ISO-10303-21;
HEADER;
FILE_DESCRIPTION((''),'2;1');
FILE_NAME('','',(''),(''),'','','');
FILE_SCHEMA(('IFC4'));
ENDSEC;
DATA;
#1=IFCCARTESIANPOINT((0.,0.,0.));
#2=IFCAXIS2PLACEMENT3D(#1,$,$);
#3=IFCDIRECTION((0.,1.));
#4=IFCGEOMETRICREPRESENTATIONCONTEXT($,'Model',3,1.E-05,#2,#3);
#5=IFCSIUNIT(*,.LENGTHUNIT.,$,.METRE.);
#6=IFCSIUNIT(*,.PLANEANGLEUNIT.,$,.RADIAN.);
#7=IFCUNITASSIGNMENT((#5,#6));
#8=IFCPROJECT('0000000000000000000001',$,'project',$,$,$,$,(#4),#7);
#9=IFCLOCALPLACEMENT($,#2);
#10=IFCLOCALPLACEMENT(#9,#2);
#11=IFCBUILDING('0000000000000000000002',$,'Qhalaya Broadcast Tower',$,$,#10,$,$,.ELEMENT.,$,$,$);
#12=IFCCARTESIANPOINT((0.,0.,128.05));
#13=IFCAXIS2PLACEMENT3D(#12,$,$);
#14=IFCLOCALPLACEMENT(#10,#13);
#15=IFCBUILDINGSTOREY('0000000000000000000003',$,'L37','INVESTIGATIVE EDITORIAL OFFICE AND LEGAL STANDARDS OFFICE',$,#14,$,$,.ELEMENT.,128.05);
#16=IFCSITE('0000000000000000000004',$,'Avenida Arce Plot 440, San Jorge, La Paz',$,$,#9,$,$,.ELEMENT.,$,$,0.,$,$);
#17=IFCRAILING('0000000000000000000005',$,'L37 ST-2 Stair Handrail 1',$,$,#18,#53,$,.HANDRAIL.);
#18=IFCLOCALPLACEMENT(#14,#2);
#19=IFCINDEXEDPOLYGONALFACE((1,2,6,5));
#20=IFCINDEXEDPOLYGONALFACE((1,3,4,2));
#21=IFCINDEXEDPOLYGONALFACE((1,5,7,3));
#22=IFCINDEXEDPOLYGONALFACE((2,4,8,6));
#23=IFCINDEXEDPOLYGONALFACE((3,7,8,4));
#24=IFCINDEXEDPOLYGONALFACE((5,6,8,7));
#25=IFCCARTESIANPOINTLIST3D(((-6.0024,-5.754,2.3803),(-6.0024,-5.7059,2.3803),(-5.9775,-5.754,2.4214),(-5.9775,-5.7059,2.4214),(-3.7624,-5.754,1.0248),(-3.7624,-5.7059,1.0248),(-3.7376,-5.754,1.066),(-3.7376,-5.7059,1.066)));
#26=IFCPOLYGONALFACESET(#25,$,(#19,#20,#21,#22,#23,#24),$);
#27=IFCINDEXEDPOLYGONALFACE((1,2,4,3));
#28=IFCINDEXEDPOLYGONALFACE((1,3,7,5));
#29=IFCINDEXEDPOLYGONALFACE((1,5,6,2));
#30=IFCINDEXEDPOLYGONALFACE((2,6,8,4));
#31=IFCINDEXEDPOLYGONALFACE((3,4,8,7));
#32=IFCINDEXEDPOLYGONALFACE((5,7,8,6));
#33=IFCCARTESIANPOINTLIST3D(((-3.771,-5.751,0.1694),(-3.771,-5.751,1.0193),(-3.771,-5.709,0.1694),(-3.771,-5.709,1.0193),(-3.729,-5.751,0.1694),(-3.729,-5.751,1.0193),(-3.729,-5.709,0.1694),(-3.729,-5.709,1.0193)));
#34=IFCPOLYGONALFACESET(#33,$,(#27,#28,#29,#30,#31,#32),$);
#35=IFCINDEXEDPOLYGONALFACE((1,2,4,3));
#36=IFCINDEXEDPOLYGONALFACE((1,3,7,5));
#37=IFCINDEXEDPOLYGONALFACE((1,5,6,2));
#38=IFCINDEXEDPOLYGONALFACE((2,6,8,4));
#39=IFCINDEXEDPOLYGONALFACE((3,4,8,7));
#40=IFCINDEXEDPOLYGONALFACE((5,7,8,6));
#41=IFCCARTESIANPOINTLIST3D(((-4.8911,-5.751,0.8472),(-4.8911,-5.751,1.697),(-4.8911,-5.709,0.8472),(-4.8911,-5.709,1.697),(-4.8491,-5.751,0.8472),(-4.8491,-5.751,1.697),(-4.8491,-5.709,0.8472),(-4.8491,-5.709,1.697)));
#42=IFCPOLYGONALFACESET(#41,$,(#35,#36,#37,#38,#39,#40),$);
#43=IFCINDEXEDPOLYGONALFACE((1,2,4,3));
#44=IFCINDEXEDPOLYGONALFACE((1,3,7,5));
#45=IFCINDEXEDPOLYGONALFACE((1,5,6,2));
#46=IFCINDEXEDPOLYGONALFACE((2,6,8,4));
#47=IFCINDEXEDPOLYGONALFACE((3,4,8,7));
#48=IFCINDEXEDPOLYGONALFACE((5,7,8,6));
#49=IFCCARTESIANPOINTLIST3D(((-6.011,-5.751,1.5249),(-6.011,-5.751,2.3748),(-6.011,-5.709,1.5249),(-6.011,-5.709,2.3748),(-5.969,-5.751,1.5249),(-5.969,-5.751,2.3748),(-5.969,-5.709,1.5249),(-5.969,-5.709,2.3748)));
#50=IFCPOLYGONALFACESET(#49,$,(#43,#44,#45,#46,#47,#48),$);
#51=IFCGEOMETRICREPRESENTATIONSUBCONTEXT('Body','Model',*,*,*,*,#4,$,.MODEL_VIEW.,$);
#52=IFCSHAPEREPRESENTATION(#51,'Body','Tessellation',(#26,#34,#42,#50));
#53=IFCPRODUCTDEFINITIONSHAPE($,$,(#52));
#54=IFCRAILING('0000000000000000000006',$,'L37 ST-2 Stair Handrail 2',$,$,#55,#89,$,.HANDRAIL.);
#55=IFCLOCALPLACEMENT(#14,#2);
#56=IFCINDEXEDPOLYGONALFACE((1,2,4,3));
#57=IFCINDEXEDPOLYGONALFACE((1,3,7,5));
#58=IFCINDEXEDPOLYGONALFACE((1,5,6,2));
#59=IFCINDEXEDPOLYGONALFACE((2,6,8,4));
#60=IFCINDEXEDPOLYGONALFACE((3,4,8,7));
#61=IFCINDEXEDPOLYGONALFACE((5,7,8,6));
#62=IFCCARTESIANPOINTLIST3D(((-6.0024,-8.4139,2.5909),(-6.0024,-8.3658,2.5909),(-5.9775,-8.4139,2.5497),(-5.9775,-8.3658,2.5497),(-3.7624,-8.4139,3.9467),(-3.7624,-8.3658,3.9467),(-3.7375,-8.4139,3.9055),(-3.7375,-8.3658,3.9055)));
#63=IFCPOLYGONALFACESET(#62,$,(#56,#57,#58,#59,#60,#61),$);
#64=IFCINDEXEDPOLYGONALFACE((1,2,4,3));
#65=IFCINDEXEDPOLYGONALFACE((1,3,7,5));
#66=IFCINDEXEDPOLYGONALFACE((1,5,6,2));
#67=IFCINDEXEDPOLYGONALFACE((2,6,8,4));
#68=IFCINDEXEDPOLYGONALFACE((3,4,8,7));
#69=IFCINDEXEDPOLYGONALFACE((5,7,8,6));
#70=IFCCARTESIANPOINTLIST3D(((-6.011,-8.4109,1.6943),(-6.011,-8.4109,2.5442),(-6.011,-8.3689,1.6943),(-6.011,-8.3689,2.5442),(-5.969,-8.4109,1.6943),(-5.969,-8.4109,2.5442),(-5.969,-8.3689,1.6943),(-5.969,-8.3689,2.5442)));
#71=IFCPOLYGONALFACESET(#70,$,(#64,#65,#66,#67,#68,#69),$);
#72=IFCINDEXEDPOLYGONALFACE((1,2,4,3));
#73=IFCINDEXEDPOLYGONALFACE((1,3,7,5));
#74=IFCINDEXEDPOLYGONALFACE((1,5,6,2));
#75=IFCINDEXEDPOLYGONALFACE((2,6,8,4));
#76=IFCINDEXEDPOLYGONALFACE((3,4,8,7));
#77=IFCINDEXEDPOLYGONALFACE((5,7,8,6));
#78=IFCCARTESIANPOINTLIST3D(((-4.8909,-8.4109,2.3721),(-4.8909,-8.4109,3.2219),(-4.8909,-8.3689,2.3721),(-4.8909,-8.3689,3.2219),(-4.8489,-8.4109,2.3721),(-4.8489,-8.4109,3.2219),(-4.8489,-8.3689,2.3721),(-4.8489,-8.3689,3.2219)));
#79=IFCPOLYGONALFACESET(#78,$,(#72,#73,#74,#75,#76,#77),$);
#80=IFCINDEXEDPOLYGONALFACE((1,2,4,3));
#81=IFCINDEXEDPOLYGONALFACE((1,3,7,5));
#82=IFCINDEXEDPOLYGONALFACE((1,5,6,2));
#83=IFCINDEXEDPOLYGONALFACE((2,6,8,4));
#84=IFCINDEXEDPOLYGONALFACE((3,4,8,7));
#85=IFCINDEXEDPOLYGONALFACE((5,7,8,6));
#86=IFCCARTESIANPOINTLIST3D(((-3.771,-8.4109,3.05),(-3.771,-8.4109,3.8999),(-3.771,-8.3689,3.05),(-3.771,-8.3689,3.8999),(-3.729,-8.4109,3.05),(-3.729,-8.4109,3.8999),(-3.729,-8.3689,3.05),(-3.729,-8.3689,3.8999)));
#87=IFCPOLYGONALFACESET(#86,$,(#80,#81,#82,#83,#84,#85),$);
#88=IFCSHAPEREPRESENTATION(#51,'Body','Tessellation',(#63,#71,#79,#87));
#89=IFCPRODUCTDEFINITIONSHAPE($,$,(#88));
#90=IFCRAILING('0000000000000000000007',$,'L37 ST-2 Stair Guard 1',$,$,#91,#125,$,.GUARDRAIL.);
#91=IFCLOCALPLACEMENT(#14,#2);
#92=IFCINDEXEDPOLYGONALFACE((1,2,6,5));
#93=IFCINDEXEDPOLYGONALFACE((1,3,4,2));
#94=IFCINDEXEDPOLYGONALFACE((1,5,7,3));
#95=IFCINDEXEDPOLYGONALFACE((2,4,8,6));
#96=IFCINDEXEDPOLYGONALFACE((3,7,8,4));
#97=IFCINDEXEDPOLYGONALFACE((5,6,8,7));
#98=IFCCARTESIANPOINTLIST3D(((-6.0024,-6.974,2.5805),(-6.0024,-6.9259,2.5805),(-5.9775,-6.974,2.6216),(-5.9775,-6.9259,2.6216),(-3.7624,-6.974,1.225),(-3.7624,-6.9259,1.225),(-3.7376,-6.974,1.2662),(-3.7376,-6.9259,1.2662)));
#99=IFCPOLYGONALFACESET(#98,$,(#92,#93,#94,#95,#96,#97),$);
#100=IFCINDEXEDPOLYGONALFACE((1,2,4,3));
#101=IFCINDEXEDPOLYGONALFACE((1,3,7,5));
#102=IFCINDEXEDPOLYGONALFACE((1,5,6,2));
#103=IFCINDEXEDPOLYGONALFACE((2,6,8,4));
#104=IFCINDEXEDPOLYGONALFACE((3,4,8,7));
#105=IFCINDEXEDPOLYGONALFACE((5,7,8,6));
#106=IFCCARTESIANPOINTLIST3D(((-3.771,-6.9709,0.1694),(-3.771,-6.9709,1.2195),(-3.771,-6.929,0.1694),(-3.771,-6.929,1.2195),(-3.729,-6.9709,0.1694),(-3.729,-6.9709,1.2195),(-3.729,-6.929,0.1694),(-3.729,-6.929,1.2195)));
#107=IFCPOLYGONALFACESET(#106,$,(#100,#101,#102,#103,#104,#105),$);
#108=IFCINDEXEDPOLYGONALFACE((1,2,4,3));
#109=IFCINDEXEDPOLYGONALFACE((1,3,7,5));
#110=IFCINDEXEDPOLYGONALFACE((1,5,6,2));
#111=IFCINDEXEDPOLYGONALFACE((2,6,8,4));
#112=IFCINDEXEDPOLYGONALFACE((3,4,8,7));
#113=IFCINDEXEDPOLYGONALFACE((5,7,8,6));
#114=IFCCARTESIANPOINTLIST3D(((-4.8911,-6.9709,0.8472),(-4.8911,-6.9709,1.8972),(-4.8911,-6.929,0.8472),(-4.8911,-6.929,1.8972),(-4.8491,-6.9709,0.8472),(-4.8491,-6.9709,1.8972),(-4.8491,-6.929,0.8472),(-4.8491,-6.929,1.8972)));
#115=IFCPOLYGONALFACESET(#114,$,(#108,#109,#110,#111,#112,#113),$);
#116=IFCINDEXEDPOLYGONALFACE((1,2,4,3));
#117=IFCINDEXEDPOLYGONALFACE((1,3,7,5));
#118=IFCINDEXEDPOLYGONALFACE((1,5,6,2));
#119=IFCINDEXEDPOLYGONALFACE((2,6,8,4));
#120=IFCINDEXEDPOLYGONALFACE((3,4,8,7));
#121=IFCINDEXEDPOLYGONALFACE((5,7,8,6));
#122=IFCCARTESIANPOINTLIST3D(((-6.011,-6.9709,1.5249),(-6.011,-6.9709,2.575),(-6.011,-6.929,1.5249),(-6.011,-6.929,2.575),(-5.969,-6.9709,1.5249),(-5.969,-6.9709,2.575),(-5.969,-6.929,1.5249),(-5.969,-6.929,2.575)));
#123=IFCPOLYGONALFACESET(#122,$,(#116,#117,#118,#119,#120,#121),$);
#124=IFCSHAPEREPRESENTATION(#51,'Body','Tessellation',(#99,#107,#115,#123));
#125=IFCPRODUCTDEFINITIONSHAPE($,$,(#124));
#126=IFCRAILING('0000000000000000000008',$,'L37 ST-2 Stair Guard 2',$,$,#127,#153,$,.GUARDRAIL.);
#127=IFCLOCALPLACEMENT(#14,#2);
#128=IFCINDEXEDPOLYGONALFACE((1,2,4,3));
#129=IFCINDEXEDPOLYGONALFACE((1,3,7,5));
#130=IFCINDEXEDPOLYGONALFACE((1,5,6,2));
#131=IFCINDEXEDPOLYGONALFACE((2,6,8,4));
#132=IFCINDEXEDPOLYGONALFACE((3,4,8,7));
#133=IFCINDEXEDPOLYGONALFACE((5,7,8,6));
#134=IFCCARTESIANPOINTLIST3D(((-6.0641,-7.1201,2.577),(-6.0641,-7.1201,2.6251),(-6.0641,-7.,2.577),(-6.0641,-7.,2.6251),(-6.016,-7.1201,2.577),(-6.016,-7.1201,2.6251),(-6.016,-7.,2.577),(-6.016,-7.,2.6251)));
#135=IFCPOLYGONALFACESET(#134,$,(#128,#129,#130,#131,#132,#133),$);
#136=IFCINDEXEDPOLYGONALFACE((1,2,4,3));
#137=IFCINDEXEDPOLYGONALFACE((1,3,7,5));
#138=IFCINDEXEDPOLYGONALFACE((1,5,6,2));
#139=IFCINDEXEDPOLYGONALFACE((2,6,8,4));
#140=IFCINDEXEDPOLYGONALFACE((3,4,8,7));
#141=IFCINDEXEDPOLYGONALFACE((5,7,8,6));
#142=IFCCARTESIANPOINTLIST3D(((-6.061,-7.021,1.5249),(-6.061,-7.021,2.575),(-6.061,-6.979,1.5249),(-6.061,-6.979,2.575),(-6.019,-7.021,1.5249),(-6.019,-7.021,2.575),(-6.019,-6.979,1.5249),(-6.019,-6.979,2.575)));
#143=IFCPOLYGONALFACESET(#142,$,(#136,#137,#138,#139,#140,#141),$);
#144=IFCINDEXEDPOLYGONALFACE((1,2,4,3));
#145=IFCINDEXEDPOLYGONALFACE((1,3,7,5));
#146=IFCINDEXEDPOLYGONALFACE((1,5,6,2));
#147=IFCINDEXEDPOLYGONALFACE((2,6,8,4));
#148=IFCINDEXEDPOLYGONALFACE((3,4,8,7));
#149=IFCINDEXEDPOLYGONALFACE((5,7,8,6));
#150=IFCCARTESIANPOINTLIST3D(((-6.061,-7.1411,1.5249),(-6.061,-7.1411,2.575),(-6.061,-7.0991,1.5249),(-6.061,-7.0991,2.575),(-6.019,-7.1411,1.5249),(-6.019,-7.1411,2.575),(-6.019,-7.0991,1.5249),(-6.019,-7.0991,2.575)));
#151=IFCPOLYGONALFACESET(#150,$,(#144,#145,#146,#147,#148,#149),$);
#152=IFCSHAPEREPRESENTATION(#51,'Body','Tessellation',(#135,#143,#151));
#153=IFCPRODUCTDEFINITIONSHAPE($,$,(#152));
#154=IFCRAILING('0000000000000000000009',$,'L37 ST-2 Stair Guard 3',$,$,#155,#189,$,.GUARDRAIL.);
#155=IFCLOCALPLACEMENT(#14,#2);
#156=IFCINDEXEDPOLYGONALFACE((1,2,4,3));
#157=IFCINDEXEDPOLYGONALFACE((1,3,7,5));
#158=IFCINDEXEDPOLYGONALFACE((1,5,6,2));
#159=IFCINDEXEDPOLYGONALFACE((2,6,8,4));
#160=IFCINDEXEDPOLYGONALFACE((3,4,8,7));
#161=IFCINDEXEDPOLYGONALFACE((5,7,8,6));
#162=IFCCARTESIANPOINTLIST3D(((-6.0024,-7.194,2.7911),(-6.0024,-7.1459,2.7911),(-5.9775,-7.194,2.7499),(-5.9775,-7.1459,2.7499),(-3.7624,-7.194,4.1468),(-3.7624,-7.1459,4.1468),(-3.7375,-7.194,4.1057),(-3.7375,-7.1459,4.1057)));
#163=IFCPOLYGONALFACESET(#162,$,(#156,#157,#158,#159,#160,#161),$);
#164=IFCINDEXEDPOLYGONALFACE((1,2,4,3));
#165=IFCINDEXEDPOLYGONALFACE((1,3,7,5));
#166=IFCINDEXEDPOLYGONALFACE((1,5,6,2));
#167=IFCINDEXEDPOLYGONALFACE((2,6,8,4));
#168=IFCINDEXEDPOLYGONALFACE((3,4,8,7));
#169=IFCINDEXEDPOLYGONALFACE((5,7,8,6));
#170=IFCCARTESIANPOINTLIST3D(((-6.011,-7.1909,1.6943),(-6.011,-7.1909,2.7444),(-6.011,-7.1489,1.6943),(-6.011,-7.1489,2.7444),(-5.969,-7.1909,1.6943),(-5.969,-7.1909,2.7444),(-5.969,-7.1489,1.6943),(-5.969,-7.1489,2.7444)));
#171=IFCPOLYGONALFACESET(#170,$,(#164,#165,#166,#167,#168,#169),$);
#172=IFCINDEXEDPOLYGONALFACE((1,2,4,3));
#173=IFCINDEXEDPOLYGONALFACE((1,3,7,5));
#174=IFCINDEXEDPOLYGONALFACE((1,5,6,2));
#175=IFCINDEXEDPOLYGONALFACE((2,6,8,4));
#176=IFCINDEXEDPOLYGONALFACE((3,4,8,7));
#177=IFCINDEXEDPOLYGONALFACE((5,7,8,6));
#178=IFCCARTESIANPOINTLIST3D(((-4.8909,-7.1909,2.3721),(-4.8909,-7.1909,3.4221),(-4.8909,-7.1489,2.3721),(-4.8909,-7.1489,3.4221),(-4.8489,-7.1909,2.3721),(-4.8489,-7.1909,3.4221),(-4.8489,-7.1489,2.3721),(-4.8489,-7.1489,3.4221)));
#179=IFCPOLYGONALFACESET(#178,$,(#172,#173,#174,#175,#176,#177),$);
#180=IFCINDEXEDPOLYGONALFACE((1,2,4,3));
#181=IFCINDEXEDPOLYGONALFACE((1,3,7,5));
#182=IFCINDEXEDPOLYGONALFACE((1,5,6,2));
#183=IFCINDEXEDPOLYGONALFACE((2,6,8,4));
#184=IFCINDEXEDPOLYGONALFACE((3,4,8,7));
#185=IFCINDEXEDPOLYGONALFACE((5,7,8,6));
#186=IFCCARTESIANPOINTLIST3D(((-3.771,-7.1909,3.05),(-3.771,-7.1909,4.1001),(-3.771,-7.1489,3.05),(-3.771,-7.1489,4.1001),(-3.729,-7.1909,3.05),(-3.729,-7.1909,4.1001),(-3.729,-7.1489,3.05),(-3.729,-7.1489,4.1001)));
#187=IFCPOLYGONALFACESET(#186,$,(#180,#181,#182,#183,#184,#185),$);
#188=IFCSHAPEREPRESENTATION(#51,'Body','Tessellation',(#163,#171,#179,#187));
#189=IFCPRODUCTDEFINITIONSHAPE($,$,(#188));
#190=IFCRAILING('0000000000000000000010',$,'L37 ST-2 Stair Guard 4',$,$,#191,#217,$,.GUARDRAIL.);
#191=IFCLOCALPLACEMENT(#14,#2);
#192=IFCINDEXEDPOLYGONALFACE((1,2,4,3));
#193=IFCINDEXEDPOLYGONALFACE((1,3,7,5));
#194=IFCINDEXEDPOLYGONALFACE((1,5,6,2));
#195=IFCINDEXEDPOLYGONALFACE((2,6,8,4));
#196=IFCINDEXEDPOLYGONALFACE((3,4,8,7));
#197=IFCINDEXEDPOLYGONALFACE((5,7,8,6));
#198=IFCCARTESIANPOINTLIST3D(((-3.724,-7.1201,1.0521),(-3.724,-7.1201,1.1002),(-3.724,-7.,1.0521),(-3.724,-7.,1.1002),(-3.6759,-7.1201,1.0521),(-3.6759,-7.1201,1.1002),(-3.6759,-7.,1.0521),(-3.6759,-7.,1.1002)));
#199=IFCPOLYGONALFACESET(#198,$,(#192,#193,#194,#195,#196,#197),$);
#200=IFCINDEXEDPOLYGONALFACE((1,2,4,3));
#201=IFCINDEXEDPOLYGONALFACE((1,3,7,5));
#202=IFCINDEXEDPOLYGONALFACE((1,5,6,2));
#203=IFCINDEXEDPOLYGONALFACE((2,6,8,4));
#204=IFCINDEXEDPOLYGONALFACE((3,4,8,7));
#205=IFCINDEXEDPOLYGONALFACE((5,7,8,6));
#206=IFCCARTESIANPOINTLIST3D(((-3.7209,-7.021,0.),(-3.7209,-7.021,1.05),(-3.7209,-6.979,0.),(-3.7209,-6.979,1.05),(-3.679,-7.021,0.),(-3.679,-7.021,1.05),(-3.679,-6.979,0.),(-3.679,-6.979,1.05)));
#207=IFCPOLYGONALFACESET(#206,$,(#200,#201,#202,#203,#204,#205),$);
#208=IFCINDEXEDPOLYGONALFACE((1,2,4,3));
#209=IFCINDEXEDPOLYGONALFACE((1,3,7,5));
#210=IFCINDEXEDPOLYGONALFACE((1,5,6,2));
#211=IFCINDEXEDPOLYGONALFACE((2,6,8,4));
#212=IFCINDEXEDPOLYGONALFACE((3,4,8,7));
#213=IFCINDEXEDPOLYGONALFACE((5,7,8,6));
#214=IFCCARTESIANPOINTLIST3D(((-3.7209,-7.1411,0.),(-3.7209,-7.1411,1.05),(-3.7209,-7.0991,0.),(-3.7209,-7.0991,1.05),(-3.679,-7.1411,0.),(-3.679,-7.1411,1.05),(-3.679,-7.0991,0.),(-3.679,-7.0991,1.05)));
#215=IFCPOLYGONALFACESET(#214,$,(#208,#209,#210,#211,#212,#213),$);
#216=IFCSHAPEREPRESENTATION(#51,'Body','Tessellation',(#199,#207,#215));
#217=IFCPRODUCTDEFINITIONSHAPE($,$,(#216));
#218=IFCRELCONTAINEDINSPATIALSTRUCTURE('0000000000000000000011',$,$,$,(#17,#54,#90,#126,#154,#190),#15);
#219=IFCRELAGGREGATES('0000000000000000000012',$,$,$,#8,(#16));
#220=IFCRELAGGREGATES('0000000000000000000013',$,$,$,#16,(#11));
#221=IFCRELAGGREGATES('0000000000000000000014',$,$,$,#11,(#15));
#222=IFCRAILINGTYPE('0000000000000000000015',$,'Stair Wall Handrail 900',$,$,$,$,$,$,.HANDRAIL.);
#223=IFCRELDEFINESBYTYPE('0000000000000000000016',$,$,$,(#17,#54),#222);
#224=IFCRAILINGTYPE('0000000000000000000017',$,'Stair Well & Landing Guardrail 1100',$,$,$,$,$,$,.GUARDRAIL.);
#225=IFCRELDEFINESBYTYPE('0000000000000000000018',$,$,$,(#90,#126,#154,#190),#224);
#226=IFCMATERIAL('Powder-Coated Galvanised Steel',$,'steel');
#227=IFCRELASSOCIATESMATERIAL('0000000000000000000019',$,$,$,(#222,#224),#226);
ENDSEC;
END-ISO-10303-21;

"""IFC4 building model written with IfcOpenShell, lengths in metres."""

from ifc_helpers import new_model, si_unit, direction, frame, origin, origin_2d, place, context, subcontext, project, spatial, rectangle, extrude, material, type_object, element, save


model = new_model("IFC4")

# Units and contexts
model_context = context("Model", 3, precision=1e-05, world=origin(), true_north=direction((0.0, 1.0)))
body_context = subcontext(model_context, "Body", "Model", "MODEL_VIEW")
ifc_project = project(units=[si_unit("LENGTHUNIT", "METRE"), si_unit("PLANEANGLEUNIT", "RADIAN")], contexts=[model_context])

# Site, building, storey
site_placement = place(None, origin())
site = spatial("IfcSite", under=ifc_project, at=site_placement, Name="Avenida Arce Plot 440, San Jorge, La Paz", CompositionType="ELEMENT", RefElevation=0.0)
building_placement = place(site_placement, origin())
building = spatial("IfcBuilding", under=site, at=building_placement, Name="Qhalaya Broadcast Tower", CompositionType="ELEMENT")
storey_placement = place(building_placement, frame((0.0, 0.0, 128.05)))
storey = spatial("IfcBuildingStorey", under=building, at=storey_placement, Name="L37", Description="INVESTIGATIVE EDITORIAL OFFICE AND LEGAL STANDARDS OFFICE", CompositionType="ELEMENT", Elevation=128.05)

# Railings
ifc_material_1 = material(Name="Powder-Coated Galvanised Steel", Category="steel")
railing_type_1 = type_object("IfcRailingType", Name="Stair Wall Handrail 900", PredefinedType="HANDRAIL", material=ifc_material_1)
railing_1_placement = place(storey_placement, frame((-3.75, -5.73, 0.1694)))
element("IfcRailing", 1, at=railing_1_placement, inside=storey, type_object=railing_type_1, Name="L37 ST-2 Stair Handrail 1", PredefinedType="HANDRAIL", context=body_context, shape_type="SweptSolid", body=[
    extrude(rectangle(XDim=0.0481, YDim=0.0481, at=origin_2d()), frame((0.0, 0.0, 0.876), z_axis=(-0.855553, 0.0, 0.517715), x_axis=(0.0, -1.0, 0.0)), (0.0, 0.0, 1.0), 2.6182),
    extrude(rectangle(XDim=0.042, YDim=0.042, at=origin_2d()), origin(), (0.0, 0.0, 1.0), 0.8499),
    extrude(rectangle(XDim=0.042, YDim=0.042, at=origin_2d()), frame((-1.1201, 0.0, 0.6777)), (0.0, 0.0, 1.0), 0.8499),
    extrude(rectangle(XDim=0.042, YDim=0.042, at=origin_2d()), frame((-2.24, 0.0, 1.3555)), (0.0, 0.0, 1.0), 0.8499),
])
railing_2_placement = place(storey_placement, frame((-5.99, -8.3899, 1.6943)))
element("IfcRailing", 2, at=railing_2_placement, inside=storey, type_object=railing_type_1, Name="L37 ST-2 Stair Handrail 2", PredefinedType="HANDRAIL", context=body_context, shape_type="SweptSolid", body=[
    extrude(rectangle(XDim=0.0481, YDim=0.0481, at=origin_2d()), frame((0.0, 0.0, 0.876), z_axis=(0.855512, 0.0, 0.517783), x_axis=(0.0, 1.0, 0.0)), (0.0, 0.0, 1.0), 2.6184),
    extrude(rectangle(XDim=0.042, YDim=0.042, at=origin_2d()), origin(), (0.0, 0.0, 1.0), 0.8499),
    extrude(rectangle(XDim=0.042, YDim=0.042, at=origin_2d()), frame((1.1201, 0.0, 0.6777)), (0.0, 0.0, 1.0), 0.8499),
    extrude(rectangle(XDim=0.042, YDim=0.042, at=origin_2d()), frame((2.24, 0.0, 1.3557)), (0.0, 0.0, 1.0), 0.8499),
])
railing_type_2 = type_object("IfcRailingType", Name="Stair Well & Landing Guardrail 1100", PredefinedType="GUARDRAIL", material=ifc_material_1)
railing_3_placement = place(storey_placement, frame((-3.75, -6.95, 0.1694)))
element("IfcRailing", 3, at=railing_3_placement, inside=storey, type_object=railing_type_2, Name="L37 ST-2 Stair Guard 1", PredefinedType="GUARDRAIL", context=body_context, shape_type="SweptSolid", body=[
    extrude(rectangle(XDim=0.0481, YDim=0.0481, at=origin_2d()), frame((0.0, 0.0, 1.0762), z_axis=(-0.855553, 0.0, 0.517715), x_axis=(0.0, -1.0, 0.0)), (0.0, 0.0, 1.0), 2.6182),
    extrude(rectangle(XDim=0.042, YDim=0.042, at=origin_2d()), origin(), (0.0, 0.0, 1.0), 1.05),
    extrude(rectangle(XDim=0.042, YDim=0.042, at=origin_2d()), frame((-1.1201, 0.0, 0.6777)), (0.0, 0.0, 1.0), 1.05),
    extrude(rectangle(XDim=0.042, YDim=0.042, at=origin_2d()), frame((-2.24, 0.0, 1.3555)), (0.0, 0.0, 1.0), 1.05),
])
railing_4_placement = place(storey_placement, frame((-6.04, -7.0, 1.5249)))
element("IfcRailing", 4, at=railing_4_placement, inside=storey, type_object=railing_type_2, Name="L37 ST-2 Stair Guard 2", PredefinedType="GUARDRAIL", context=body_context, shape_type="SweptSolid", body=[
    extrude(rectangle(XDim=0.0481, YDim=0.0481, at=origin_2d()), frame((0.0, 0.0, 1.0762), z_axis=(0.0, -1.0, 0.0), x_axis=(1.0, 0.0, 0.0)), (0.0, 0.0, 1.0), 0.1201),
    extrude(rectangle(XDim=0.042, YDim=0.042, at=origin_2d()), origin(), (0.0, 0.0, 1.0), 1.05),
    extrude(rectangle(XDim=0.042, YDim=0.042, at=origin_2d()), frame((0.0, -0.1201, 0.0)), (0.0, 0.0, 1.0), 1.05),
])
railing_5_placement = place(storey_placement, frame((-5.99, -7.1699, 1.6943)))
element("IfcRailing", 5, at=railing_5_placement, inside=storey, type_object=railing_type_2, Name="L37 ST-2 Stair Guard 3", PredefinedType="GUARDRAIL", context=body_context, shape_type="SweptSolid", body=[
    extrude(rectangle(XDim=0.0481, YDim=0.0481, at=origin_2d()), frame((0.0, 0.0, 1.0762), z_axis=(0.855512, 0.0, 0.517783), x_axis=(0.0, 1.0, 0.0)), (0.0, 0.0, 1.0), 2.6184),
    extrude(rectangle(XDim=0.042, YDim=0.042, at=origin_2d()), origin(), (0.0, 0.0, 1.0), 1.05),
    extrude(rectangle(XDim=0.042, YDim=0.042, at=origin_2d()), frame((1.1201, 0.0, 0.6777)), (0.0, 0.0, 1.0), 1.05),
    extrude(rectangle(XDim=0.042, YDim=0.042, at=origin_2d()), frame((2.24, 0.0, 1.3557)), (0.0, 0.0, 1.0), 1.05),
])
railing_6_placement = place(storey_placement, frame((-3.7, -7.0, 0.0)))
element("IfcRailing", 6, at=railing_6_placement, inside=storey, type_object=railing_type_2, Name="L37 ST-2 Stair Guard 4", PredefinedType="GUARDRAIL", context=body_context, shape_type="SweptSolid", body=[
    extrude(rectangle(XDim=0.0481, YDim=0.0481, at=origin_2d()), frame((0.0, 0.0, 1.0762), z_axis=(0.0, -1.0, 0.0), x_axis=(1.0, 0.0, 0.0)), (0.0, 0.0, 1.0), 0.1201),
    extrude(rectangle(XDim=0.042, YDim=0.042, at=origin_2d()), origin(), (0.0, 0.0, 1.0), 1.05),
    extrude(rectangle(XDim=0.042, YDim=0.042, at=origin_2d()), frame((0.0, -0.1201, 0.0)), (0.0, 0.0, 1.0), 1.05),
])

save(model, "model.ifc")
